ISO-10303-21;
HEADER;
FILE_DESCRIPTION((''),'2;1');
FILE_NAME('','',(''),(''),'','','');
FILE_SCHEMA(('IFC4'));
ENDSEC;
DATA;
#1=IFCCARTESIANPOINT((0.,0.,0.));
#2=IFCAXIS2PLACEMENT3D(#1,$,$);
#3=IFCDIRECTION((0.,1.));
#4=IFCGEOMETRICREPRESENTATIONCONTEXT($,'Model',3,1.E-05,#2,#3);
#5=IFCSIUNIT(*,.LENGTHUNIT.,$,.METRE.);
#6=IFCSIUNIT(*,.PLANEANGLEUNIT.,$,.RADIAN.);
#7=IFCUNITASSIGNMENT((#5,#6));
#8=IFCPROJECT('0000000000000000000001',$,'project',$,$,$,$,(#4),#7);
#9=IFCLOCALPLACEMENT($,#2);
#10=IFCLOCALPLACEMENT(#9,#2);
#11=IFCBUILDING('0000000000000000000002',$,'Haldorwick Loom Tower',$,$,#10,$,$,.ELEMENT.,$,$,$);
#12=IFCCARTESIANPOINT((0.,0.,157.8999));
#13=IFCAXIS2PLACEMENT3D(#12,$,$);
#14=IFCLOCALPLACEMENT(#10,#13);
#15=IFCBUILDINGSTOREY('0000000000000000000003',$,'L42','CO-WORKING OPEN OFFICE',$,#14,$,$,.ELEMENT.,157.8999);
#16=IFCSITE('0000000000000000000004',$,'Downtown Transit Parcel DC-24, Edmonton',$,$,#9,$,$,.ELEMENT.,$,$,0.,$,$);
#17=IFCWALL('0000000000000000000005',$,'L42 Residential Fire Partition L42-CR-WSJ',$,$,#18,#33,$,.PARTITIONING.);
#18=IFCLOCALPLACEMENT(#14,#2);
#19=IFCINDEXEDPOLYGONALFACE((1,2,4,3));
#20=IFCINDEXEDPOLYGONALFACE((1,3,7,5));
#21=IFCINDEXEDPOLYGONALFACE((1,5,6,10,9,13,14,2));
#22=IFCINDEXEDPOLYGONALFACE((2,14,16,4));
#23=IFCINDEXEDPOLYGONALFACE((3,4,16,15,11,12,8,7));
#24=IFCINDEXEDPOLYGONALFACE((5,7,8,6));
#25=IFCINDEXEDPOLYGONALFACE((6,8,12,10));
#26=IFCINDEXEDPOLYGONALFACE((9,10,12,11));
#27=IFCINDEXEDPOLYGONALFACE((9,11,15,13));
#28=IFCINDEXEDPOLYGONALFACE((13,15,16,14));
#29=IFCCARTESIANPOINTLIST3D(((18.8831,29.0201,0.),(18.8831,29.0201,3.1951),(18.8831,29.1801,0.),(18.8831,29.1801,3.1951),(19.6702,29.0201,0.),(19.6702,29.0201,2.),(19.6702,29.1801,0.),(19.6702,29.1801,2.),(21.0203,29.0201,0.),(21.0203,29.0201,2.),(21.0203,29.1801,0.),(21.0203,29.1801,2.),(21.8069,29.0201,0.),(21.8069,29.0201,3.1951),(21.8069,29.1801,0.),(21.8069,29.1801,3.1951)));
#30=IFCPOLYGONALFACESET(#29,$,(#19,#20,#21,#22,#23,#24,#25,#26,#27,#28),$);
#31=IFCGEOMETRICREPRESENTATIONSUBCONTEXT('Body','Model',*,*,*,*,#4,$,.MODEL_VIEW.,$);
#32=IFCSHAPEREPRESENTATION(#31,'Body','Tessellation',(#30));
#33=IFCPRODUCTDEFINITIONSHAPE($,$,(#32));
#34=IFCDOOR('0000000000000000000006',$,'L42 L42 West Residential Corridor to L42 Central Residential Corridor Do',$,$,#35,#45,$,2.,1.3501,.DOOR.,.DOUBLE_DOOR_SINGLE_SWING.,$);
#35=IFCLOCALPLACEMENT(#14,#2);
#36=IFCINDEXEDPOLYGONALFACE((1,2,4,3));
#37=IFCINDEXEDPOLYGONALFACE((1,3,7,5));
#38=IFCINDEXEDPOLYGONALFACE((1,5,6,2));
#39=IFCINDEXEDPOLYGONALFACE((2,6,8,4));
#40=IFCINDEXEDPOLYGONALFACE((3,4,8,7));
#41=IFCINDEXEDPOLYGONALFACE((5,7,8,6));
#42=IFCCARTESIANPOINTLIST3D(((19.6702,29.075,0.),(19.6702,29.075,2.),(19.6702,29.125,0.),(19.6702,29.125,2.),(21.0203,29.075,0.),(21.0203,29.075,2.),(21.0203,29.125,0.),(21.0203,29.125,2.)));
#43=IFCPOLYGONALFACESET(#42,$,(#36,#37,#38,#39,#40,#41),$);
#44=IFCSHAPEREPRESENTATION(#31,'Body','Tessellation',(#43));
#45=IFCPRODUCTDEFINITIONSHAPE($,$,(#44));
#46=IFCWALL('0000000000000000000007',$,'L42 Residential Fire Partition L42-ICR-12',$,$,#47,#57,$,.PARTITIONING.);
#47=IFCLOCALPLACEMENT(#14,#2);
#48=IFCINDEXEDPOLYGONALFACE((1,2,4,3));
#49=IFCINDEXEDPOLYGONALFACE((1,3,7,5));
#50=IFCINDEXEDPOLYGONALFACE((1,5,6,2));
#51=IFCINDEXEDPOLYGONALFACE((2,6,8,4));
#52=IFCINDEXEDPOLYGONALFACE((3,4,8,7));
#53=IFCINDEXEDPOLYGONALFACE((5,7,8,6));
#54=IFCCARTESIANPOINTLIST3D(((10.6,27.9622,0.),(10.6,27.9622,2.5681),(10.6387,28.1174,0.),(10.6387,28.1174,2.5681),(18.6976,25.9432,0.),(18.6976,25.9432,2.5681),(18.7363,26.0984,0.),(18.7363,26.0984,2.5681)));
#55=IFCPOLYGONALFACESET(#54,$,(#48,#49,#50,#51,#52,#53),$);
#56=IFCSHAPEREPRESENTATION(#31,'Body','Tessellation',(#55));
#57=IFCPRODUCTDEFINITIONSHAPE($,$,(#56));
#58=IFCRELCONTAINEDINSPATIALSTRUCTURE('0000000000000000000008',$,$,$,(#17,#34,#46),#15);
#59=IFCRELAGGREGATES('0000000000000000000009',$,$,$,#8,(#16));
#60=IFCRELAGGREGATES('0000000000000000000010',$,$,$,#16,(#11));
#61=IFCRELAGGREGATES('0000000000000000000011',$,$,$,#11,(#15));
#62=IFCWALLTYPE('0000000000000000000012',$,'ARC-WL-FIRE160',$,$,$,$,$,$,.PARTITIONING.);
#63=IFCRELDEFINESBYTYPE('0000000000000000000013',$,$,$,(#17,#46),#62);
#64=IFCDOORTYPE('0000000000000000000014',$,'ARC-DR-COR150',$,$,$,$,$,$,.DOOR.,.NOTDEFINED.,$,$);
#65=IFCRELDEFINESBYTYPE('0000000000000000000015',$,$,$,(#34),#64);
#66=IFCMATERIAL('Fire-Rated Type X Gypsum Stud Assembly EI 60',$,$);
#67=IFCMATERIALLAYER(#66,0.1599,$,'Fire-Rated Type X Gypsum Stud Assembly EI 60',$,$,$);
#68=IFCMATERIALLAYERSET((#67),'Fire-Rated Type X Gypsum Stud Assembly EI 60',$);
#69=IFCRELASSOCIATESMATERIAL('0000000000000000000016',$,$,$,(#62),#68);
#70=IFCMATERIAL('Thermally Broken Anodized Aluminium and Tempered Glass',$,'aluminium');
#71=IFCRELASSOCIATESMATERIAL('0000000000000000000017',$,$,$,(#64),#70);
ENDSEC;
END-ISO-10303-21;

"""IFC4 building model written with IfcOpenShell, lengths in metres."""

from ifc_helpers import new_model, si_unit, direction, frame, frame_2d, origin, place, context, subcontext, project, spatial, rectangle, extrude, material, layer, layer_set, type_object, element, fill, save


model = new_model("IFC4")

# Units and contexts
model_context = context("Model", 3, precision=1e-05, world=origin(), true_north=direction((0.0, 1.0)))
body_context = subcontext(model_context, "Body", "Model", "MODEL_VIEW")
ifc_project = project(units=[si_unit("LENGTHUNIT", "METRE"), si_unit("PLANEANGLEUNIT", "RADIAN")], contexts=[model_context])

# Site, building, storey
site_placement = place(None, origin())
site = spatial("IfcSite", under=ifc_project, at=site_placement, Name="Downtown Transit Parcel DC-24, Edmonton", CompositionType="ELEMENT", RefElevation=0.0)
building_placement = place(site_placement, origin())
building = spatial("IfcBuilding", under=site, at=building_placement, Name="Haldorwick Loom Tower", CompositionType="ELEMENT")
storey_placement = place(building_placement, frame((0.0, 0.0, 157.8999)))
storey = spatial("IfcBuildingStorey", under=building, at=storey_placement, Name="L42", Description="CO-WORKING OPEN OFFICE", CompositionType="ELEMENT", Elevation=157.8999)

# Shared definitions
ifc_material_1 = material(Name="Fire-Rated Type X Gypsum Stud Assembly EI 60")
ifc_layer_1 = layer(ifc_material_1, 0.1599, Name="Fire-Rated Type X Gypsum Stud Assembly EI 60")
ifc_layer_set_1 = layer_set([ifc_layer_1], Name="Fire-Rated Type X Gypsum Stud Assembly EI 60")
wall_type_1 = type_object("IfcWallType", Name="ARC-WL-FIRE160", PredefinedType="PARTITIONING", material=ifc_layer_set_1)

# Wall, opening, door
wall_1_placement = place(storey_placement, frame((18.8831, 29.1001, 0.0), z_axis=(0.0, 0.0, 1.0), x_axis=(1.0, 0.0, 0.0)))
wall_1 = element("IfcWall", 1, at=wall_1_placement, inside=storey, type_object=wall_type_1, Name="L42 Residential Fire Partition L42-CR-WSJ", PredefinedType="PARTITIONING", context=body_context, shape_type="SweptSolid", body=[
    extrude(rectangle(XDim=2.9238, YDim=0.1599, at=frame_2d((1.4619, 0.0))), origin(), (0.0, 0.0, 1.0), 3.1951),
])
opening_1_placement = place(wall_1_placement, frame((0.7871, 0.0, 0.0)))
opening_1 = element("IfcOpeningElement", 2, at=opening_1_placement, cuts=wall_1, PredefinedType="OPENING", context=body_context, shape_type="SweptSolid", body=[
    extrude(rectangle(XDim=1.3501, YDim=2.0, at=frame_2d((0.675, 1.0))), frame((0.0, 0.0898, 0.0), z_axis=(0.0, -1.0, 0.0), x_axis=(1.0, 0.0, 0.0)), (0.0, 0.0, 1.0), 0.1799),
])
ifc_material_2 = material(Name="Thermally Broken Anodized Aluminium and Tempered Glass", Category="aluminium")
door_type_1 = type_object("IfcDoorType", Name="ARC-DR-COR150", OperationType="NOTDEFINED", PredefinedType="DOOR", material=ifc_material_2)
door_1_placement = place(opening_1_placement, origin())
door_1 = element("IfcDoor", 3, at=door_1_placement, inside=storey, type_object=door_type_1, Name="L42 L42 West Residential Corridor to L42 Central Residential Corridor Do", OperationType="DOUBLE_DOOR_SINGLE_SWING", OverallHeight=2.0, OverallWidth=1.3501, PredefinedType="DOOR", context=body_context, shape_type="SweptSolid", body=[
    extrude(rectangle(XDim=1.3501, YDim=2.0, at=frame_2d((0.675, 1.0))), frame((0.0, 0.0249, 0.0), z_axis=(0.0, -1.0, 0.0), x_axis=(1.0, 0.0, 0.0)), (0.0, 0.0, 1.0), 0.05),
])
fill(opening_1, door_1)

# Wall
wall_2_placement = place(storey_placement, frame((18.717, 26.0208, 0.0), z_axis=(0.0, 0.0, 1.0), x_axis=(-0.970294, 0.24193, 0.0)))
element("IfcWall", 4, at=wall_2_placement, inside=storey, type_object=wall_type_1, Name="L42 Residential Fire Partition L42-ICR-12", PredefinedType="PARTITIONING", context=body_context, shape_type="SweptSolid", body=[
    extrude(rectangle(XDim=8.3455, YDim=0.1599, at=frame_2d((4.1729, 0.0))), origin(), (0.0, 0.0, 1.0), 2.5681),
])

save(model, "model.ifc")
